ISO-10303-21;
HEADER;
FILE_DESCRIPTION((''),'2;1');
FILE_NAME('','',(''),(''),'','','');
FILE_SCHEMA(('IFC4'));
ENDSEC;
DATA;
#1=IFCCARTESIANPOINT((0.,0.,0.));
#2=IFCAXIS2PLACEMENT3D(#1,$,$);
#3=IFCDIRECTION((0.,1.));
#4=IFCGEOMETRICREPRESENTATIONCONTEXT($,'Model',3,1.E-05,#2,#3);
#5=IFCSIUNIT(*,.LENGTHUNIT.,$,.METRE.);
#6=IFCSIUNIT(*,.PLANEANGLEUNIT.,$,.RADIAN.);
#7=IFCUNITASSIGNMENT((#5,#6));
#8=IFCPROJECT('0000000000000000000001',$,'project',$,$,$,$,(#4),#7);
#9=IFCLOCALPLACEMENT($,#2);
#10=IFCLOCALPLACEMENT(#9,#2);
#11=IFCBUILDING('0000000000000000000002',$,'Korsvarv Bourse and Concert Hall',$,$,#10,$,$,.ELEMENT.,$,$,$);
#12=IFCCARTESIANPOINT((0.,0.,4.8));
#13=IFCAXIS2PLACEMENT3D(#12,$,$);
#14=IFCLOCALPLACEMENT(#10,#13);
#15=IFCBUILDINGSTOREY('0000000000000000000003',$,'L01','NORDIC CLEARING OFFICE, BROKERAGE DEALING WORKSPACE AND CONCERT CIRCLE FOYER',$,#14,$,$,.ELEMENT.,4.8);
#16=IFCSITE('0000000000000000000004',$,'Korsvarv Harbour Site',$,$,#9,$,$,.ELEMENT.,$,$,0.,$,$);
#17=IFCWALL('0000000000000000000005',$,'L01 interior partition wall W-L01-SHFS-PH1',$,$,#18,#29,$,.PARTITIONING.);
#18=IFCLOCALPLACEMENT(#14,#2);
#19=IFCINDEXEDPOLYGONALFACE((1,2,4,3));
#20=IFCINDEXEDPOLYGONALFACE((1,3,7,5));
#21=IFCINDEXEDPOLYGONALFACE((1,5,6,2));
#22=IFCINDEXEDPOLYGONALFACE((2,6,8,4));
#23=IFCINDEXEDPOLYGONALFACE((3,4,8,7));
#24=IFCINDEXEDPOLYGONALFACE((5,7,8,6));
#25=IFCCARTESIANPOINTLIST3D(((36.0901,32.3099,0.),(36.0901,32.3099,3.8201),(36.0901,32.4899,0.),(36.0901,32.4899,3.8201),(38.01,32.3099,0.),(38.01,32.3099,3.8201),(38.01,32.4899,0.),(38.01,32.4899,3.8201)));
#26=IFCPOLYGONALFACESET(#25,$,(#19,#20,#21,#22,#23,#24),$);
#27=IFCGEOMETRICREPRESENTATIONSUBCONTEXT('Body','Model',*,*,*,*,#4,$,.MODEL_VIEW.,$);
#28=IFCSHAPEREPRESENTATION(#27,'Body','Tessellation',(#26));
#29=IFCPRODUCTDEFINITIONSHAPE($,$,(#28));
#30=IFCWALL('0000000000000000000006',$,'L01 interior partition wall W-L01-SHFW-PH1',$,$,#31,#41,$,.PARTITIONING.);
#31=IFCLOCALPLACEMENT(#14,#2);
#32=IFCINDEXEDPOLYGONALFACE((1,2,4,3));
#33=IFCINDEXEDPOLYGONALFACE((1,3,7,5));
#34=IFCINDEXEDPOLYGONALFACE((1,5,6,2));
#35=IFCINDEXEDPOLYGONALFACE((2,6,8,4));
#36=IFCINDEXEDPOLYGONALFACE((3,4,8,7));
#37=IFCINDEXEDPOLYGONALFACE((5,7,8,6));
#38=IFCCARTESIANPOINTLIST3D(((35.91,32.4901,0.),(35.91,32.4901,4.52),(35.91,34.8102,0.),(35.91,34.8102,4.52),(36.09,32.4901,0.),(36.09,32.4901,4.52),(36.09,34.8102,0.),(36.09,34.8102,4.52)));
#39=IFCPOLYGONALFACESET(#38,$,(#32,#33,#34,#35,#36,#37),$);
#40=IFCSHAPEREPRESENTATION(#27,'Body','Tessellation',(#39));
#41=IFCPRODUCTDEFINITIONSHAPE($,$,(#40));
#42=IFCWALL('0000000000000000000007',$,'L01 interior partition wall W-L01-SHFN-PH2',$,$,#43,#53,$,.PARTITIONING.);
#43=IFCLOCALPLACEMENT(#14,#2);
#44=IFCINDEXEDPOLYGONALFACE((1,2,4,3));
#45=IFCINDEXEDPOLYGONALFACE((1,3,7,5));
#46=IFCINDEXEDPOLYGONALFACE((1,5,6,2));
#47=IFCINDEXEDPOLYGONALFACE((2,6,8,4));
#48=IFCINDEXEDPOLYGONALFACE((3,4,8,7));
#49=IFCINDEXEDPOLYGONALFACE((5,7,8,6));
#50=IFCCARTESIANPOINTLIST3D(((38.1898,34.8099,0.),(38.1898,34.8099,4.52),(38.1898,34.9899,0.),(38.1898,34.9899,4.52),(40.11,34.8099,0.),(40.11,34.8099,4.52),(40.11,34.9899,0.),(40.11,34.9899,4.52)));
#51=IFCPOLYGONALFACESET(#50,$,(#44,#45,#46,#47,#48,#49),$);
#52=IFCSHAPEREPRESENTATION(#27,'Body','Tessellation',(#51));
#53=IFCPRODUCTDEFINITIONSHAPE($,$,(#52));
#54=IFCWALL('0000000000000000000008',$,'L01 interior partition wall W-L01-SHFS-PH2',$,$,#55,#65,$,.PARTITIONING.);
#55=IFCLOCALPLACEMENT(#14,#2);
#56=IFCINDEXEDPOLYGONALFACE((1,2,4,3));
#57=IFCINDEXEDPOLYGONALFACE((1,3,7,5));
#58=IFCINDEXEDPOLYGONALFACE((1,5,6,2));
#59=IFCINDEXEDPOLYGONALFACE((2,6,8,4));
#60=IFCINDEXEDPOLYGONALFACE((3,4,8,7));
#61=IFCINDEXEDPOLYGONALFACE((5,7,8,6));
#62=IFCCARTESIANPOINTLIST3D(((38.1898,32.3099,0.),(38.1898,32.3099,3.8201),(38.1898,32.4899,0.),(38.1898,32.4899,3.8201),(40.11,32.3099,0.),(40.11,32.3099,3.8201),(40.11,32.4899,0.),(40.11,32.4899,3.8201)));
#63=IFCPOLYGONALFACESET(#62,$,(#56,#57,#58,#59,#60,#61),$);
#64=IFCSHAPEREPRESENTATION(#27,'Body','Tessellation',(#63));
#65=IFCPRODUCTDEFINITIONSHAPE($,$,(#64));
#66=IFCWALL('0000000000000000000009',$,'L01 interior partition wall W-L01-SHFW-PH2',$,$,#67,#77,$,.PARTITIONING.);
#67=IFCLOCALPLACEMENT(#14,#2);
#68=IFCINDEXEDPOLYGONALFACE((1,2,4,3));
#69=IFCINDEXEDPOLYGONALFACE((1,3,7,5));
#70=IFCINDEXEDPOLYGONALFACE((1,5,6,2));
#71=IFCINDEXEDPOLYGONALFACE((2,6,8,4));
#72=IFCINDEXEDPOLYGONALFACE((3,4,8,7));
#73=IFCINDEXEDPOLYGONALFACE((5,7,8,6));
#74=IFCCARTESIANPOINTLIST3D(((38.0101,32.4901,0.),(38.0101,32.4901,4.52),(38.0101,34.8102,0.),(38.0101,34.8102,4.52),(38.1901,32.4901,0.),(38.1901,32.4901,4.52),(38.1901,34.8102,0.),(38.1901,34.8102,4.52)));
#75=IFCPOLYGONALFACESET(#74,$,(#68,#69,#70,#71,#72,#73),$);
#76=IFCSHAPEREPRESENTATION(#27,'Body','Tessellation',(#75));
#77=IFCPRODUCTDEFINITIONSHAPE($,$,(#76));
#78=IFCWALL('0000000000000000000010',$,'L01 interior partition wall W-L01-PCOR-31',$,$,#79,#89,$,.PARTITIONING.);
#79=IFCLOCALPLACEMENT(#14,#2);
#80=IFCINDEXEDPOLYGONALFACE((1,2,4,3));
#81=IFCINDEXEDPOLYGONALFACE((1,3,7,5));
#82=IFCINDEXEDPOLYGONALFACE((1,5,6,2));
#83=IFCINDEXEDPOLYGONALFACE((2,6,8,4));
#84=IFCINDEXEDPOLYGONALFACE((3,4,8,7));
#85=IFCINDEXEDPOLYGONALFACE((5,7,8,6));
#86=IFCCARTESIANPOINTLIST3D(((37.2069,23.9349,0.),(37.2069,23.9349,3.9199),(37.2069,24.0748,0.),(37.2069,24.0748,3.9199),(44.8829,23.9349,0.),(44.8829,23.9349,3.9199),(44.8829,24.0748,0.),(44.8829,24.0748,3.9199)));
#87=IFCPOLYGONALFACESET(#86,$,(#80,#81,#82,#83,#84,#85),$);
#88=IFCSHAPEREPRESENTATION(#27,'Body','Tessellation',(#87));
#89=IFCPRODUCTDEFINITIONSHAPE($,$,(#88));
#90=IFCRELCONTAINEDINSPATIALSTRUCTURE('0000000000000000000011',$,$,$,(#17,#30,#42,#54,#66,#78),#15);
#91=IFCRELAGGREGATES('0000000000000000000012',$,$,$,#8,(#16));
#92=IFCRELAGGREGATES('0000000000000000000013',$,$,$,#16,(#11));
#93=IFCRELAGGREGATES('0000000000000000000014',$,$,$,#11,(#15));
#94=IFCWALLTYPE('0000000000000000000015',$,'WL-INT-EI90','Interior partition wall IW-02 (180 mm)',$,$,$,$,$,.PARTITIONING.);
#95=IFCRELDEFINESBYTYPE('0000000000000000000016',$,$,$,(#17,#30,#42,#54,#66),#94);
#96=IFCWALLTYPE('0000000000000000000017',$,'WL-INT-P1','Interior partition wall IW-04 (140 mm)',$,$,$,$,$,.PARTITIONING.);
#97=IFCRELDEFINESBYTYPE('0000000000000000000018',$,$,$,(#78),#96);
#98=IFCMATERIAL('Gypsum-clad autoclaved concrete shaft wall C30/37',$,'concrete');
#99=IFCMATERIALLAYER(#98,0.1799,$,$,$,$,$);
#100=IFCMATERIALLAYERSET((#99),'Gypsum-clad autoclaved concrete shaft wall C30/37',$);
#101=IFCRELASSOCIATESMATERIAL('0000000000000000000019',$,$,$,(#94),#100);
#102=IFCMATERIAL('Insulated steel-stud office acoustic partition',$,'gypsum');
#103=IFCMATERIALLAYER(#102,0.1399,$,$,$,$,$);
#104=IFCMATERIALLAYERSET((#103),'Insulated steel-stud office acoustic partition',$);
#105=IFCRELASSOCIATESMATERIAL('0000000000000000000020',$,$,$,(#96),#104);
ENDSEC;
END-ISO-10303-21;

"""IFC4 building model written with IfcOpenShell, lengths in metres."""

from ifc_helpers import new_model, si_unit, direction, frame, frame_2d, origin, place, context, subcontext, project, spatial, rectangle, extrude, material, layer, layer_set, type_object, element, save


model = new_model("IFC4")

# Units and contexts
model_context = context("Model", 3, precision=1e-05, world=origin(), true_north=direction((0.0, 1.0)))
body_context = subcontext(model_context, "Body", "Model", "MODEL_VIEW")
ifc_project = project(units=[si_unit("LENGTHUNIT", "METRE"), si_unit("PLANEANGLEUNIT", "RADIAN")], contexts=[model_context])

# Site, building, storey
site_placement = place(None, origin())
site = spatial("IfcSite", under=ifc_project, at=site_placement, Name="Korsvarv Harbour Site", CompositionType="ELEMENT", RefElevation=0.0)
building_placement = place(site_placement, origin())
building = spatial("IfcBuilding", under=site, at=building_placement, Name="Korsvarv Bourse and Concert Hall", CompositionType="ELEMENT")
storey_placement = place(building_placement, frame((0.0, 0.0, 4.8)))
storey = spatial("IfcBuildingStorey", under=building, at=storey_placement, Name="L01", Description="NORDIC CLEARING OFFICE, BROKERAGE DEALING WORKSPACE AND CONCERT CIRCLE FOYER", CompositionType="ELEMENT", Elevation=4.8)

# Shared definitions
ifc_material_1 = material(Name="Gypsum-clad autoclaved concrete shaft wall C30/37", Category="concrete")
ifc_layer_1 = layer(ifc_material_1, 0.1799)
ifc_layer_set_1 = layer_set([ifc_layer_1], Name="Gypsum-clad autoclaved concrete shaft wall C30/37")
wall_type_1 = type_object("IfcWallType", Name="WL-INT-EI90", Description="Interior partition wall IW-02 (180 mm)", PredefinedType="PARTITIONING", material=ifc_layer_set_1)

# Walls
wall_1_placement = place(storey_placement, frame((36.0901, 32.3999, 0.0), z_axis=(0.0, 0.0, 1.0), x_axis=(1.0, 0.0, 0.0)))
element("IfcWall", 1, at=wall_1_placement, inside=storey, type_object=wall_type_1, Name="L01 interior partition wall W-L01-SHFS-PH1", PredefinedType="PARTITIONING", context=body_context, shape_type="SweptSolid", body=[
    extrude(rectangle(XDim=1.9199, YDim=0.1799, at=frame_2d((0.96, 0.0))), origin(), (0.0, 0.0, 1.0), 3.8201),
])
wall_2_placement = place(storey_placement, frame((36.0, 32.49, 0.0), z_axis=(0.0, 0.0, 1.0), x_axis=(0.0, 1.0, 0.0)))
element("IfcWall", 2, at=wall_2_placement, inside=storey, type_object=wall_type_1, Name="L01 interior partition wall W-L01-SHFW-PH1", PredefinedType="PARTITIONING", context=body_context, shape_type="SweptSolid", body=[
    extrude(rectangle(XDim=2.3201, YDim=0.1799, at=frame_2d((1.1602, 0.0))), origin(), (0.0, 0.0, 1.0), 4.52),
])
wall_3_placement = place(storey_placement, frame((38.1899, 34.8999, 0.0), z_axis=(0.0, 0.0, 1.0), x_axis=(1.0, 0.0, 0.0)))
element("IfcWall", 3, at=wall_3_placement, inside=storey, type_object=wall_type_1, Name="L01 interior partition wall W-L01-SHFN-PH2", PredefinedType="PARTITIONING", context=body_context, shape_type="SweptSolid", body=[
    extrude(rectangle(XDim=1.9202, YDim=0.1799, at=frame_2d((0.96, 0.0))), origin(), (0.0, 0.0, 1.0), 4.52),
])
wall_4_placement = place(storey_placement, frame((38.1899, 32.3999, 0.0), z_axis=(0.0, 0.0, 1.0), x_axis=(1.0, 0.0, 0.0)))
element("IfcWall", 4, at=wall_4_placement, inside=storey, type_object=wall_type_1, Name="L01 interior partition wall W-L01-SHFS-PH2", PredefinedType="PARTITIONING", context=body_context, shape_type="SweptSolid", body=[
    extrude(rectangle(XDim=1.9202, YDim=0.1799, at=frame_2d((0.96, 0.0))), origin(), (0.0, 0.0, 1.0), 3.8201),
])
wall_5_placement = place(storey_placement, frame((38.1001, 32.49, 0.0), z_axis=(0.0, 0.0, 1.0), x_axis=(0.0, 1.0, 0.0)))
element("IfcWall", 5, at=wall_5_placement, inside=storey, type_object=wall_type_1, Name="L01 interior partition wall W-L01-SHFW-PH2", PredefinedType="PARTITIONING", context=body_context, shape_type="SweptSolid", body=[
    extrude(rectangle(XDim=2.3201, YDim=0.1799, at=frame_2d((1.1602, 0.0))), origin(), (0.0, 0.0, 1.0), 4.52),
])
ifc_material_2 = material(Name="Insulated steel-stud office acoustic partition", Category="gypsum")
ifc_layer_2 = layer(ifc_material_2, 0.1399)
ifc_layer_set_2 = layer_set([ifc_layer_2], Name="Insulated steel-stud office acoustic partition")
wall_type_2 = type_object("IfcWallType", Name="WL-INT-P1", Description="Interior partition wall IW-04 (140 mm)", PredefinedType="PARTITIONING", material=ifc_layer_set_2)
wall_6_placement = place(storey_placement, frame((37.207, 24.0049, 0.0), z_axis=(0.0, 0.0, 1.0), x_axis=(1.0, 0.0, 0.0)))
element("IfcWall", 6, at=wall_6_placement, inside=storey, type_object=wall_type_2, Name="L01 interior partition wall W-L01-PCOR-31", PredefinedType="PARTITIONING", context=body_context, shape_type="SweptSolid", body=[
    extrude(rectangle(XDim=7.676, YDim=0.1399, at=frame_2d((3.8379, 0.0))), origin(), (0.0, 0.0, 1.0), 3.9199),
])

save(model, "model.ifc")
